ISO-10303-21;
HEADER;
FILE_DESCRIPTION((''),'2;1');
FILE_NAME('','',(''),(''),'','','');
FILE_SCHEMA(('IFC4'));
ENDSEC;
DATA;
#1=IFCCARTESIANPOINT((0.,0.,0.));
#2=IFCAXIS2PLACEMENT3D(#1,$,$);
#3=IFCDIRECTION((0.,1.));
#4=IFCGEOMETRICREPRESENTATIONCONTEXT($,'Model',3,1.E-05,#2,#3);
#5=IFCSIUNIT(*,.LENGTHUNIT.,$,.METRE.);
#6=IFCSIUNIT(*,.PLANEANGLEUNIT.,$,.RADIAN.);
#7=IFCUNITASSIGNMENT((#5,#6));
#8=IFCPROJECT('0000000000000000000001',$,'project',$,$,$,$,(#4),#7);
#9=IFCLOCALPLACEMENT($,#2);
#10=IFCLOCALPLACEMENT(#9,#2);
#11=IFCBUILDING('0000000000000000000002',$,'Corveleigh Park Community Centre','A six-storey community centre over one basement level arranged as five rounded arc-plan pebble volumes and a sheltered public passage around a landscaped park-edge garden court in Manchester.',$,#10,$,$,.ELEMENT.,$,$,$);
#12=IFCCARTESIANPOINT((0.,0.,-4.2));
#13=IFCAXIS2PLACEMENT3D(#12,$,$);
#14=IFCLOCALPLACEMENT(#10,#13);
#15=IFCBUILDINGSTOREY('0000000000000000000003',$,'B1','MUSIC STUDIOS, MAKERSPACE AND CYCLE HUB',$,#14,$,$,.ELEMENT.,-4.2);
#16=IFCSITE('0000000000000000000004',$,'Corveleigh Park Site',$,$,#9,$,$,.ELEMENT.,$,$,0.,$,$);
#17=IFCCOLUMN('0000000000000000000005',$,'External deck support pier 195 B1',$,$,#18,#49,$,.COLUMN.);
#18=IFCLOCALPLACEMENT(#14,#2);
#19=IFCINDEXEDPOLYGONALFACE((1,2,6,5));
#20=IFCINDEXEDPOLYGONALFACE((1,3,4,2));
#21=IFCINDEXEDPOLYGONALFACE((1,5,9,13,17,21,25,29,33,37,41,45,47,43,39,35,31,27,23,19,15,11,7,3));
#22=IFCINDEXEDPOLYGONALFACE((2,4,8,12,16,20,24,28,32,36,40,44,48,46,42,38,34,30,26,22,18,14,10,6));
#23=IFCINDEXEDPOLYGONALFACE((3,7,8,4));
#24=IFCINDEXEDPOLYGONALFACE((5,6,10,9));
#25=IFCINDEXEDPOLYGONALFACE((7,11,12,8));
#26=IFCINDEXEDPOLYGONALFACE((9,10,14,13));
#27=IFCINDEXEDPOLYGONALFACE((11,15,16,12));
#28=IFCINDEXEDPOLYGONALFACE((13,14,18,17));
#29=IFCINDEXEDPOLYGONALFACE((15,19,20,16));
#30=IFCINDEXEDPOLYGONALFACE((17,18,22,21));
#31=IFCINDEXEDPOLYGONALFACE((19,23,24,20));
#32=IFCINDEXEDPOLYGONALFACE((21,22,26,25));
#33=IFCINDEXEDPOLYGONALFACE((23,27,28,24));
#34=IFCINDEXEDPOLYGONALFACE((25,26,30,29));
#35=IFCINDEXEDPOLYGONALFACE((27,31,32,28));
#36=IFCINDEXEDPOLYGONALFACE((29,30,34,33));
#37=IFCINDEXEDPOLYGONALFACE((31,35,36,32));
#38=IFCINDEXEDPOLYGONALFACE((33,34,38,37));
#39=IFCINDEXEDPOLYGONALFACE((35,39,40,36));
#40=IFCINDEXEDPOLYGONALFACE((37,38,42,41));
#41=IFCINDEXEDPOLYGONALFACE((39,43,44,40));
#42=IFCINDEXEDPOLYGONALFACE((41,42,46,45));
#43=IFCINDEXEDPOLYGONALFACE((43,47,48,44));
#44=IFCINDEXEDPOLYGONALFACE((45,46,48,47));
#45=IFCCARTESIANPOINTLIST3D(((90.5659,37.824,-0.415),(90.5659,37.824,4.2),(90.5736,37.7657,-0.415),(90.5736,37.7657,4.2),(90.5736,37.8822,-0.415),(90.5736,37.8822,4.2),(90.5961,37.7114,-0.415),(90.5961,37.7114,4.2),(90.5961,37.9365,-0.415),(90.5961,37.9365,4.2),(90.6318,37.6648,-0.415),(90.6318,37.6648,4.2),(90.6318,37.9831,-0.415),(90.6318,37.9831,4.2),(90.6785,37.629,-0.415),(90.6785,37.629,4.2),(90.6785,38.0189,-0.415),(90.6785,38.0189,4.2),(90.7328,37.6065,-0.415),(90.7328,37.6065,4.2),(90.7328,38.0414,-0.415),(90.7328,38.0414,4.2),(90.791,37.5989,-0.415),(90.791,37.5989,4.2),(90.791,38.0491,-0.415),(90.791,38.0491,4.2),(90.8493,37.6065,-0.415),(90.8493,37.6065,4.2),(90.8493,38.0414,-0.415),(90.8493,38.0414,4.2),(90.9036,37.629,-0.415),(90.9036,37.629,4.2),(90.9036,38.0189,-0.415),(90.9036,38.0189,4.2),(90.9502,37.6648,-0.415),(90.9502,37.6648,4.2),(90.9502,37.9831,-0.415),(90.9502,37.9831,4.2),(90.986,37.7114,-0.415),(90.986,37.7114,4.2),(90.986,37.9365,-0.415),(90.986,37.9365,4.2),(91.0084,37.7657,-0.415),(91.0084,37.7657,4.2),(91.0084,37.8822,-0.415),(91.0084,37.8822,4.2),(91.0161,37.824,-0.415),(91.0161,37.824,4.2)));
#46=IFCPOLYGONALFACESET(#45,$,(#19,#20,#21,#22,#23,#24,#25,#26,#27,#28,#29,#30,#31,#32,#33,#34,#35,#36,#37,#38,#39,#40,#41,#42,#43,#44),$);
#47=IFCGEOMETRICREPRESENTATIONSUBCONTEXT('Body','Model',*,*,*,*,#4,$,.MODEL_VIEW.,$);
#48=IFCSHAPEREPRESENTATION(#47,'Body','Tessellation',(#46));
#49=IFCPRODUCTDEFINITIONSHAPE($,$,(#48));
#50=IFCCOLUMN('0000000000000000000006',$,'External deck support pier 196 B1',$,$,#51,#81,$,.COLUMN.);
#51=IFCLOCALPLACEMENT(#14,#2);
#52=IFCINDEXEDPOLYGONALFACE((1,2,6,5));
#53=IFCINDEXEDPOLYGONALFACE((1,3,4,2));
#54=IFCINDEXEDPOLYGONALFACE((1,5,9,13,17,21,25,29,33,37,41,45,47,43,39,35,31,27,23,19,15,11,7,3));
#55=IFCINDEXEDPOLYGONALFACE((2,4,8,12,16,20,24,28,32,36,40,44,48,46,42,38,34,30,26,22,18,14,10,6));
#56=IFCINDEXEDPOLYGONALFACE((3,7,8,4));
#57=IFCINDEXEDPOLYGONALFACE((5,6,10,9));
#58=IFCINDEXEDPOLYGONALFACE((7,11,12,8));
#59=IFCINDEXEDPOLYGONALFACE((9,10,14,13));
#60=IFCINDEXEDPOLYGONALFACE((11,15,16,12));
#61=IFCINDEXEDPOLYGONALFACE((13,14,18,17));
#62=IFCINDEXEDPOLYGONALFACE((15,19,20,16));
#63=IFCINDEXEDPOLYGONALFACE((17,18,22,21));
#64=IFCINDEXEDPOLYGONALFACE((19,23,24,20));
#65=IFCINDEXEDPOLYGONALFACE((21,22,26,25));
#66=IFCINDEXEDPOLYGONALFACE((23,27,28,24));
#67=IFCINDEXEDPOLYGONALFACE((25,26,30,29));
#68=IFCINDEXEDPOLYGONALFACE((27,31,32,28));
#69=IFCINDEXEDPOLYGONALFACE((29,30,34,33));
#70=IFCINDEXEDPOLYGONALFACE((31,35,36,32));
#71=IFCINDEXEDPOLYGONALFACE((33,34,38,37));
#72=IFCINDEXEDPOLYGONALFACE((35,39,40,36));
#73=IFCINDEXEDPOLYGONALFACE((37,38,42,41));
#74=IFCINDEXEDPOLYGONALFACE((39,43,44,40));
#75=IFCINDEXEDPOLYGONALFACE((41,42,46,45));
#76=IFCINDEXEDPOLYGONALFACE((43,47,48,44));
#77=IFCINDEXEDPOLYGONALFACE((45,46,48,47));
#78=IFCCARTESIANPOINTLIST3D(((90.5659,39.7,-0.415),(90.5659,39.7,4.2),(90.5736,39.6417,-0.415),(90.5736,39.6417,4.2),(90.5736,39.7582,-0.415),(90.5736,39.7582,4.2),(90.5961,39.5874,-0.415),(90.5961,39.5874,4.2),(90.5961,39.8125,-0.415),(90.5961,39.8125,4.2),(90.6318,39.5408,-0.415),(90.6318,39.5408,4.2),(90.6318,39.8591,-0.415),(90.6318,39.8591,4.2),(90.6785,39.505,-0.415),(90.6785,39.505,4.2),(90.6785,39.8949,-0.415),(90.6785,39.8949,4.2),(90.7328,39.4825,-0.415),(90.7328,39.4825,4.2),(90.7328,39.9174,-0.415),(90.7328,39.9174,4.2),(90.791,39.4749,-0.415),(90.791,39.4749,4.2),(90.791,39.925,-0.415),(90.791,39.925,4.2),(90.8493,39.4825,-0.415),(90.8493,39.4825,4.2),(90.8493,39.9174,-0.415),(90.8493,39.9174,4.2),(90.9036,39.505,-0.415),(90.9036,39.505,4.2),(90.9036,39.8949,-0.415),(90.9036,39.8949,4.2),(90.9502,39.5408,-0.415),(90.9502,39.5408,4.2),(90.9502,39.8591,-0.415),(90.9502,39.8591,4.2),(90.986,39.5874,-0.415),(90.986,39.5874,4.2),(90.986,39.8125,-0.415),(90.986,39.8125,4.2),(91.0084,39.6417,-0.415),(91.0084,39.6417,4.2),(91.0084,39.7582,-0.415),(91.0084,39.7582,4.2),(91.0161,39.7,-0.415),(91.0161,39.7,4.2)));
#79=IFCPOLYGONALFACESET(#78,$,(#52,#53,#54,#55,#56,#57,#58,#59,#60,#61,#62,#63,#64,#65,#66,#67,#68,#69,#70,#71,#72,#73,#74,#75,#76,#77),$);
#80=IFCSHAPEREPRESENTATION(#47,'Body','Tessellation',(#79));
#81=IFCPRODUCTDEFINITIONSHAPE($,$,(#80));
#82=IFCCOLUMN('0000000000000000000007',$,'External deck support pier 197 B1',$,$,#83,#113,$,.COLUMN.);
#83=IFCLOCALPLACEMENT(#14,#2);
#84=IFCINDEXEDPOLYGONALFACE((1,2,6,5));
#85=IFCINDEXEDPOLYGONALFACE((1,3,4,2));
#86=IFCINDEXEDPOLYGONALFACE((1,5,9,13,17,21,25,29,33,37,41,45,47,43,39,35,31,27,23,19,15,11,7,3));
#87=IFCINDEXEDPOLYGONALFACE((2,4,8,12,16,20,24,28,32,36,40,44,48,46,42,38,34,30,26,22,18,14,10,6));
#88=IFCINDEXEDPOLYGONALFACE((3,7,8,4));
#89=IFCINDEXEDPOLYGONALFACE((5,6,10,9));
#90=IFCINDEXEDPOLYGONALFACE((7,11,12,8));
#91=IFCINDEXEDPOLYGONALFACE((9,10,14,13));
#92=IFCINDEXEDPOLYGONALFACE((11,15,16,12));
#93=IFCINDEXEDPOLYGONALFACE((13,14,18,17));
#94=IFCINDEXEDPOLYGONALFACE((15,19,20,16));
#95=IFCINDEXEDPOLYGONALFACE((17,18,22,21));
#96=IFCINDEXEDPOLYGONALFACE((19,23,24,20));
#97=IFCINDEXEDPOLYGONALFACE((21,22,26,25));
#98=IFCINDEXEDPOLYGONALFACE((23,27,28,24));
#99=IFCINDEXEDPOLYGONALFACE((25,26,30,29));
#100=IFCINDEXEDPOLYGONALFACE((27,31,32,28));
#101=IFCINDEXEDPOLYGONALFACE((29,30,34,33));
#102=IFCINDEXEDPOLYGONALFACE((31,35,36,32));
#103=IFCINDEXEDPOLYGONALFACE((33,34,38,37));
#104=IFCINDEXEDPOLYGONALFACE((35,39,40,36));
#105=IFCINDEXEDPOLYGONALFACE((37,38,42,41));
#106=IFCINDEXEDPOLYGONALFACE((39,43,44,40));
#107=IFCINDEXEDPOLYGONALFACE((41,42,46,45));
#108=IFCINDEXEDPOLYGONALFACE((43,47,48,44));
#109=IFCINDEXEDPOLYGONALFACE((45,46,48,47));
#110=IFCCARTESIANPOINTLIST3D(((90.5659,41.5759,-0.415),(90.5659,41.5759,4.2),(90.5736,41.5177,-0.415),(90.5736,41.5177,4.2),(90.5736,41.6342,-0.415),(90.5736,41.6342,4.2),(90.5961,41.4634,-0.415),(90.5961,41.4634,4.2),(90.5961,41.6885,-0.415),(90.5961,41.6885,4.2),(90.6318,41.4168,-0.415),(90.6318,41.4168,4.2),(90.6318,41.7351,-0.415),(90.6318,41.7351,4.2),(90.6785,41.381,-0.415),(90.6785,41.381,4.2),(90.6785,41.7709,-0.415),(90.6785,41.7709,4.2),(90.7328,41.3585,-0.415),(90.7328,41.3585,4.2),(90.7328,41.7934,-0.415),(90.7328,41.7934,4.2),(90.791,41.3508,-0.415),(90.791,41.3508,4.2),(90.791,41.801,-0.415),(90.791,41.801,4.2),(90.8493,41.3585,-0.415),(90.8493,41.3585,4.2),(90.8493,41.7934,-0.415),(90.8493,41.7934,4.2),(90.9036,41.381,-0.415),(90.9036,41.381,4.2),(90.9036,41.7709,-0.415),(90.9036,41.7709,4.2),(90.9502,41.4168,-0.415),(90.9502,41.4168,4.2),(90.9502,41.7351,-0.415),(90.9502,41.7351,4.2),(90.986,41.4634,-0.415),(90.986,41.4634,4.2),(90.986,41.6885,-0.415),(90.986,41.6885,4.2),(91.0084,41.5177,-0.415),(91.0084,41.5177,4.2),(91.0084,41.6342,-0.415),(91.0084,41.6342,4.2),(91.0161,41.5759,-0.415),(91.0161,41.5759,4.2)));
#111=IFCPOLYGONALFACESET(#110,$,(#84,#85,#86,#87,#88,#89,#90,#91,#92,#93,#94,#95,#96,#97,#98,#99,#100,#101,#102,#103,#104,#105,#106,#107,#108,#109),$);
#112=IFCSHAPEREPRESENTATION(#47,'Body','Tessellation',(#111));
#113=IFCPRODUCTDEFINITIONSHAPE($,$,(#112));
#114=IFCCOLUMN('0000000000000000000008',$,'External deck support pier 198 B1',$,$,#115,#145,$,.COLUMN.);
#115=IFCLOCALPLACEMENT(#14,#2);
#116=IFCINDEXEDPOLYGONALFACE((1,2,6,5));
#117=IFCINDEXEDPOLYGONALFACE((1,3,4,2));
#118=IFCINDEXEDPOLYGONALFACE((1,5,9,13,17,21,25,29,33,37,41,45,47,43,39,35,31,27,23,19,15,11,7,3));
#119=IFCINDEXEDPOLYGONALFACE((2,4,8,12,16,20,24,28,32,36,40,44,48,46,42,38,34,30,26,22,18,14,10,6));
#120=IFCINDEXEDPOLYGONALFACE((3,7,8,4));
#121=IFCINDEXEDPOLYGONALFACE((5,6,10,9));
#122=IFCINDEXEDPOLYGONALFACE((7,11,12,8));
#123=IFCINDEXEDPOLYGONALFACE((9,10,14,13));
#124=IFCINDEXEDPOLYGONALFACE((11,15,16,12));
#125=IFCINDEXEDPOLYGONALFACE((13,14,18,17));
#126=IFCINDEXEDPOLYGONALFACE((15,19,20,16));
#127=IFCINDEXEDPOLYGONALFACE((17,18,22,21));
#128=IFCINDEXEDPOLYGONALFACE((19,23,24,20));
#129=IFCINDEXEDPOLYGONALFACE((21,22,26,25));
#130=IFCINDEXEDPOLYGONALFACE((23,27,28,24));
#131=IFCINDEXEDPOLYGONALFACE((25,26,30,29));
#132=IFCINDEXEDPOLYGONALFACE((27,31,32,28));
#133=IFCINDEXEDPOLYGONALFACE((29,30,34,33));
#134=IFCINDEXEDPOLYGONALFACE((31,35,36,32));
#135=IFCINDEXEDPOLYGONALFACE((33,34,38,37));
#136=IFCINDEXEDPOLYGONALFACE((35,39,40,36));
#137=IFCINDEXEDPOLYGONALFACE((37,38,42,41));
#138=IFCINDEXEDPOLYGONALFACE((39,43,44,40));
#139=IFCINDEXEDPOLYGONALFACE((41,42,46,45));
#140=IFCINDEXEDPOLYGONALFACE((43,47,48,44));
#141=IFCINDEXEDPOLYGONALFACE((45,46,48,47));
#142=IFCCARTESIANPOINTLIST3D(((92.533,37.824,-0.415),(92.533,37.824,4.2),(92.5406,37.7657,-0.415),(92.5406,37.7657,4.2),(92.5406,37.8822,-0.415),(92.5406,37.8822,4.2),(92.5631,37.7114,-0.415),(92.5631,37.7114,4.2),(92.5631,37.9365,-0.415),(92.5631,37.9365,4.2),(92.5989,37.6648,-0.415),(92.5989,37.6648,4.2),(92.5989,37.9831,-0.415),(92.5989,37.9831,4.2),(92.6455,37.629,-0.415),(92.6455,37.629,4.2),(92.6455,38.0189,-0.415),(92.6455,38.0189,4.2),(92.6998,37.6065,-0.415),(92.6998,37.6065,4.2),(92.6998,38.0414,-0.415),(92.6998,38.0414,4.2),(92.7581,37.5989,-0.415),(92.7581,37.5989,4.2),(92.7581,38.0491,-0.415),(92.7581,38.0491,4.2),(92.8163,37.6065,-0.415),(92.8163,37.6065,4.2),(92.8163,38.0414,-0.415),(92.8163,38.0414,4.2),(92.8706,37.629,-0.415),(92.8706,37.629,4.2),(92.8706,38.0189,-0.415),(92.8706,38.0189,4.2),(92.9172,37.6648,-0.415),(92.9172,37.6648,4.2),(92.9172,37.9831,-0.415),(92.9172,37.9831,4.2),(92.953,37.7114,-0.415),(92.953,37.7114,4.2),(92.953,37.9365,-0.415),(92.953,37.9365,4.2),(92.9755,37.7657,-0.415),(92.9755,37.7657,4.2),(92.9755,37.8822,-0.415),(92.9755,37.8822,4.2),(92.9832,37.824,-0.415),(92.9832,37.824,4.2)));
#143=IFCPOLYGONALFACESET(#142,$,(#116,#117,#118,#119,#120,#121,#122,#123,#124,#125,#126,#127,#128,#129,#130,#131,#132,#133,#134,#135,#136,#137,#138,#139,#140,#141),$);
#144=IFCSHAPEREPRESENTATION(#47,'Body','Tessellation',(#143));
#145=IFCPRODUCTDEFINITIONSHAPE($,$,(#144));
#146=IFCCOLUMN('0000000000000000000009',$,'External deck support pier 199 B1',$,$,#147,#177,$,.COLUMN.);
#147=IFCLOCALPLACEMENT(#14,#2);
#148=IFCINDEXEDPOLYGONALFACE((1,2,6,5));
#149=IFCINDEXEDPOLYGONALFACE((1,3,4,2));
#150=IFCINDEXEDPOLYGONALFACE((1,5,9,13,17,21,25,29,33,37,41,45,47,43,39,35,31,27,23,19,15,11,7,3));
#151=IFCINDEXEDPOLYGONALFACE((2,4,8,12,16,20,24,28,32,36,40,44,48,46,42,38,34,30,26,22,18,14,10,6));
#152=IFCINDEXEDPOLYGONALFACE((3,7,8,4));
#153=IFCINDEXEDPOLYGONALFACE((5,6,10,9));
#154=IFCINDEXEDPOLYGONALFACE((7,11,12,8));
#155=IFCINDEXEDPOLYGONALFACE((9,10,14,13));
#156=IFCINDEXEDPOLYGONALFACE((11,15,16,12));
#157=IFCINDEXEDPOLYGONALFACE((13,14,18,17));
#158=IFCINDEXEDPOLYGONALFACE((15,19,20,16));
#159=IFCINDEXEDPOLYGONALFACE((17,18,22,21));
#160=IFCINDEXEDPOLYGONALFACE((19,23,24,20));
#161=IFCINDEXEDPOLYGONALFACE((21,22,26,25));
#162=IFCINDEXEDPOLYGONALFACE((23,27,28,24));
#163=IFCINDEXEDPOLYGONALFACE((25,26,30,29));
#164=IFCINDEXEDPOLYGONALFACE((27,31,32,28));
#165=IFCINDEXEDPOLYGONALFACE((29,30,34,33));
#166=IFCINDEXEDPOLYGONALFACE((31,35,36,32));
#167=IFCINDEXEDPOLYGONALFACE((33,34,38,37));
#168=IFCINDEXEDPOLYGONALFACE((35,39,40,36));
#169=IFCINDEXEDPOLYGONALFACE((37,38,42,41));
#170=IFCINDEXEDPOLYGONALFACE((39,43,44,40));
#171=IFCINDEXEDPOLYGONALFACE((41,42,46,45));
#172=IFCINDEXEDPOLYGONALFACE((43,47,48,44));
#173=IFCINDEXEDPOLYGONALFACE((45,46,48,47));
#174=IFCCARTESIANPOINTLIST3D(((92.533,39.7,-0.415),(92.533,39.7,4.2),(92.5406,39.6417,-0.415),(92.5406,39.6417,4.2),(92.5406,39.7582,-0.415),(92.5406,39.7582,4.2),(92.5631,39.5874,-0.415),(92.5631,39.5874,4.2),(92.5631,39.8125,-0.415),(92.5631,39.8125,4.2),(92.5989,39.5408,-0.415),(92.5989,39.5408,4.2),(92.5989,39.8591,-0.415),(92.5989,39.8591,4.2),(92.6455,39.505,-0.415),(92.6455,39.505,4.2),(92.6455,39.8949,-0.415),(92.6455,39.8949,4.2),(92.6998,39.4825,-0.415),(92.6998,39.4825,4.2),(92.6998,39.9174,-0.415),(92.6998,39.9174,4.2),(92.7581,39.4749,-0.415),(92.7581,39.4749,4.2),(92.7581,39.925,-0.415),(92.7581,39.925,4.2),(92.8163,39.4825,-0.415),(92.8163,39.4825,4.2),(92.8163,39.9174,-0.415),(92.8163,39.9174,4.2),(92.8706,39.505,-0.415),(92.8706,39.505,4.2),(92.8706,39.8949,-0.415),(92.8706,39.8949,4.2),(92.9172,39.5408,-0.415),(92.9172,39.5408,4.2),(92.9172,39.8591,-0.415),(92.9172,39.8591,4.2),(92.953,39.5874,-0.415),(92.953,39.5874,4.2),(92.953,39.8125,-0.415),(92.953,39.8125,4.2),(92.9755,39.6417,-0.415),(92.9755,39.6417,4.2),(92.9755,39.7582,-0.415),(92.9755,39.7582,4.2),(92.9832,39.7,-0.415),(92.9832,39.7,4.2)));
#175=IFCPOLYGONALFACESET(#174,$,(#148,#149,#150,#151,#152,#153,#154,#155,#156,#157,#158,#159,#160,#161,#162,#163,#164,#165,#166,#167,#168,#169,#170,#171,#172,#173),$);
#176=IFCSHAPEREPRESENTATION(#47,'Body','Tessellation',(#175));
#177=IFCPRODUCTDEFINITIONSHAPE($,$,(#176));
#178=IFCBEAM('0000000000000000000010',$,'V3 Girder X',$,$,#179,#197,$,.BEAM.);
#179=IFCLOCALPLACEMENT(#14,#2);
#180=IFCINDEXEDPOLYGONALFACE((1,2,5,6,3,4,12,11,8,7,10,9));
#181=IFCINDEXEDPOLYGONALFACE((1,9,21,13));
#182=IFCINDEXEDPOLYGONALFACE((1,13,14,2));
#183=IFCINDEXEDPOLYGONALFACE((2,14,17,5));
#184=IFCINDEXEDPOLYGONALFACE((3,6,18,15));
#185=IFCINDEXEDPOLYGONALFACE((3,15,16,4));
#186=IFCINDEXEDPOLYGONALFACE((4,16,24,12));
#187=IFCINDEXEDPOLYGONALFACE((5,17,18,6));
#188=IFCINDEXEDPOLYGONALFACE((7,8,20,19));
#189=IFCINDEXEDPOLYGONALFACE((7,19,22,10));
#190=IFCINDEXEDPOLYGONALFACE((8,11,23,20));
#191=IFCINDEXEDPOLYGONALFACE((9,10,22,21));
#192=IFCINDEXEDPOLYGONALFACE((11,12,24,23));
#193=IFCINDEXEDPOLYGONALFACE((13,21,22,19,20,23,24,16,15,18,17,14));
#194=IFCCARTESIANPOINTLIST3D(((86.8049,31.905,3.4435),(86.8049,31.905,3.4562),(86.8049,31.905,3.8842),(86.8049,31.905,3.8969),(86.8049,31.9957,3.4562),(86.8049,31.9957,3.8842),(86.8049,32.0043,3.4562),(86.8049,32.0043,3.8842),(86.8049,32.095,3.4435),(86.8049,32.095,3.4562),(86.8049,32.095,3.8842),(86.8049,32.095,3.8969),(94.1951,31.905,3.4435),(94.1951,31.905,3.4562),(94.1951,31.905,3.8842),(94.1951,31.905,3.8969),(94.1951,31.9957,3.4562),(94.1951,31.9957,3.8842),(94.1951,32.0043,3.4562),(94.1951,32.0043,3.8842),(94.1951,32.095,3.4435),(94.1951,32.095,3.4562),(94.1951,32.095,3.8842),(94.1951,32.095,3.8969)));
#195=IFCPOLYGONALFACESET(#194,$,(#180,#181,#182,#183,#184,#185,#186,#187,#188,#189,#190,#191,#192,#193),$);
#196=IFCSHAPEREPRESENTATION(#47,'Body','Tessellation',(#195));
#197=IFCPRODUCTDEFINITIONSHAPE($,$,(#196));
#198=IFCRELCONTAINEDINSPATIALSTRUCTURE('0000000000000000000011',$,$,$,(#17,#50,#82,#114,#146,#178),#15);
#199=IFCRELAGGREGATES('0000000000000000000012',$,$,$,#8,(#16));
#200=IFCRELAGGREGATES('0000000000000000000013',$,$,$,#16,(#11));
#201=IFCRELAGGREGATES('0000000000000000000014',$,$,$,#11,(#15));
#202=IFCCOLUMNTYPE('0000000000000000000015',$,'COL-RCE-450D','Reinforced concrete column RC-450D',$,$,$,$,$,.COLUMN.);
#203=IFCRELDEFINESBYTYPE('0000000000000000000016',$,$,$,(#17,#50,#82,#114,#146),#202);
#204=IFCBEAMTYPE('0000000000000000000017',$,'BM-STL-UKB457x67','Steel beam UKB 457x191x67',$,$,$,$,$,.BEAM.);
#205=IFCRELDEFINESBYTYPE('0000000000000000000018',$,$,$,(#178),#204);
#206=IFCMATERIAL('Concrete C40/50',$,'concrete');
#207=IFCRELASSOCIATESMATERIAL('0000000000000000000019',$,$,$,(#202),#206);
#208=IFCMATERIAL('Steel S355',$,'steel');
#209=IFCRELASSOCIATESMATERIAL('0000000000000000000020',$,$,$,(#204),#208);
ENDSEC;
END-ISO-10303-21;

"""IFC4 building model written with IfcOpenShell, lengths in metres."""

from ifc_helpers import new_model, si_unit, direction, frame, origin, origin_2d, place, context, subcontext, project, spatial, circle, i_section, extrude, material, material_profile, profile_set, type_object, element, save


model = new_model("IFC4")

# Units and contexts
model_context = context("Model", 3, precision=1e-05, world=origin(), true_north=direction((0.0, 1.0)))
body_context = subcontext(model_context, "Body", "Model", "MODEL_VIEW")
ifc_project = project(units=[si_unit("LENGTHUNIT", "METRE"), si_unit("PLANEANGLEUNIT", "RADIAN")], contexts=[model_context])

# Site, building, storey
site_placement = place(None, origin())
site = spatial("IfcSite", under=ifc_project, at=site_placement, Name="Corveleigh Park Site", CompositionType="ELEMENT", RefElevation=0.0)
building_placement = place(site_placement, origin())
building = spatial("IfcBuilding", under=site, at=building_placement, Name="Corveleigh Park Community Centre", Description="A six-storey community centre over one basement level arranged as five rounded arc-plan pebble volumes and a sheltered public passage around a landscaped park-edge garden court in Manchester.", CompositionType="ELEMENT")
storey_placement = place(building_placement, frame((0.0, 0.0, -4.2)))
storey = spatial("IfcBuildingStorey", under=building, at=storey_placement, Name="B1", Description="MUSIC STUDIOS, MAKERSPACE AND CYCLE HUB", CompositionType="ELEMENT", Elevation=-4.2)

# Shared definitions
ifc_material_1 = material(Name="Concrete C40/50", Category="concrete")

# Columns
ifc_material_profile_1 = material_profile(ifc_material_1, circle(Radius=0.2251, at=origin_2d()), Name="RC-450D", Category="concrete")
ifc_profile_set_1 = profile_set([ifc_material_profile_1], Name="Concrete C40/50")
column_type_1 = type_object("IfcColumnType", Name="COL-RCE-450D", Description="Reinforced concrete column RC-450D", PredefinedType="COLUMN", material=ifc_profile_set_1)
for number, where, z_axis, x_axis, name in (
    (1, (90.791, 37.824, -0.415), (0.0, 0.0, 1.0), (1.0, 0.0, 0.0), "External deck support pier 195 B1"),
    (2, (90.791, 39.7, -0.415), (0.0, 0.0, 1.0), (1.0, 0.0, 0.0), "External deck support pier 196 B1"),
    (3, (90.791, 41.5759, -0.415), (0.0, 0.0, 1.0), (1.0, 0.0, 0.0), "External deck support pier 197 B1"),
    (4, (92.7581, 37.824, -0.415), (0.0, 0.0, 1.0), (1.0, 0.0, 0.0), "External deck support pier 198 B1"),
    (5, (92.7581, 39.7, -0.415), (0.0, 0.0, 1.0), (1.0, 0.0, 0.0), "External deck support pier 199 B1"),
):
    element("IfcColumn", number, at=place(storey_placement, frame(where, z_axis=z_axis, x_axis=x_axis)), inside=storey, type_object=column_type_1, Name=name, PredefinedType="COLUMN", context=body_context, shape_type="SweptSolid", body=[
        extrude(circle(Radius=0.2251, at=origin_2d()), origin(), (0.0, 0.0, 1.0), 4.615),
    ])

# Beam
ifc_material_2 = material(Name="Steel S355", Category="steel")
ifc_material_profile_2 = material_profile(ifc_material_2, i_section(OverallWidth=0.1899, OverallDepth=0.4534, WebThickness=0.0085, FlangeThickness=0.0127, at=origin_2d()), Name="UKB 457x191x67", Category="steel")
ifc_profile_set_2 = profile_set([ifc_material_profile_2], Name="Steel S355")
beam_type_1 = type_object("IfcBeamType", Name="BM-STL-UKB457x67", Description="Steel beam UKB 457x191x67", PredefinedType="BEAM", material=ifc_profile_set_2)
beam_1_placement = place(storey_placement, frame((86.8049, 32.0, 3.6702), z_axis=(1.0, 0.0, 0.0), x_axis=(0.0, 1.0, 0.0)))
element("IfcBeam", 6, at=beam_1_placement, inside=storey, type_object=beam_type_1, Name="V3 Girder X", PredefinedType="BEAM", context=body_context, shape_type="SweptSolid", body=[
    extrude(i_section(OverallWidth=0.1899, OverallDepth=0.4534, WebThickness=0.0085, FlangeThickness=0.0127, at=origin_2d()), origin(), (0.0, 0.0, 1.0), 7.3901),
])

save(model, "model.ifc")
